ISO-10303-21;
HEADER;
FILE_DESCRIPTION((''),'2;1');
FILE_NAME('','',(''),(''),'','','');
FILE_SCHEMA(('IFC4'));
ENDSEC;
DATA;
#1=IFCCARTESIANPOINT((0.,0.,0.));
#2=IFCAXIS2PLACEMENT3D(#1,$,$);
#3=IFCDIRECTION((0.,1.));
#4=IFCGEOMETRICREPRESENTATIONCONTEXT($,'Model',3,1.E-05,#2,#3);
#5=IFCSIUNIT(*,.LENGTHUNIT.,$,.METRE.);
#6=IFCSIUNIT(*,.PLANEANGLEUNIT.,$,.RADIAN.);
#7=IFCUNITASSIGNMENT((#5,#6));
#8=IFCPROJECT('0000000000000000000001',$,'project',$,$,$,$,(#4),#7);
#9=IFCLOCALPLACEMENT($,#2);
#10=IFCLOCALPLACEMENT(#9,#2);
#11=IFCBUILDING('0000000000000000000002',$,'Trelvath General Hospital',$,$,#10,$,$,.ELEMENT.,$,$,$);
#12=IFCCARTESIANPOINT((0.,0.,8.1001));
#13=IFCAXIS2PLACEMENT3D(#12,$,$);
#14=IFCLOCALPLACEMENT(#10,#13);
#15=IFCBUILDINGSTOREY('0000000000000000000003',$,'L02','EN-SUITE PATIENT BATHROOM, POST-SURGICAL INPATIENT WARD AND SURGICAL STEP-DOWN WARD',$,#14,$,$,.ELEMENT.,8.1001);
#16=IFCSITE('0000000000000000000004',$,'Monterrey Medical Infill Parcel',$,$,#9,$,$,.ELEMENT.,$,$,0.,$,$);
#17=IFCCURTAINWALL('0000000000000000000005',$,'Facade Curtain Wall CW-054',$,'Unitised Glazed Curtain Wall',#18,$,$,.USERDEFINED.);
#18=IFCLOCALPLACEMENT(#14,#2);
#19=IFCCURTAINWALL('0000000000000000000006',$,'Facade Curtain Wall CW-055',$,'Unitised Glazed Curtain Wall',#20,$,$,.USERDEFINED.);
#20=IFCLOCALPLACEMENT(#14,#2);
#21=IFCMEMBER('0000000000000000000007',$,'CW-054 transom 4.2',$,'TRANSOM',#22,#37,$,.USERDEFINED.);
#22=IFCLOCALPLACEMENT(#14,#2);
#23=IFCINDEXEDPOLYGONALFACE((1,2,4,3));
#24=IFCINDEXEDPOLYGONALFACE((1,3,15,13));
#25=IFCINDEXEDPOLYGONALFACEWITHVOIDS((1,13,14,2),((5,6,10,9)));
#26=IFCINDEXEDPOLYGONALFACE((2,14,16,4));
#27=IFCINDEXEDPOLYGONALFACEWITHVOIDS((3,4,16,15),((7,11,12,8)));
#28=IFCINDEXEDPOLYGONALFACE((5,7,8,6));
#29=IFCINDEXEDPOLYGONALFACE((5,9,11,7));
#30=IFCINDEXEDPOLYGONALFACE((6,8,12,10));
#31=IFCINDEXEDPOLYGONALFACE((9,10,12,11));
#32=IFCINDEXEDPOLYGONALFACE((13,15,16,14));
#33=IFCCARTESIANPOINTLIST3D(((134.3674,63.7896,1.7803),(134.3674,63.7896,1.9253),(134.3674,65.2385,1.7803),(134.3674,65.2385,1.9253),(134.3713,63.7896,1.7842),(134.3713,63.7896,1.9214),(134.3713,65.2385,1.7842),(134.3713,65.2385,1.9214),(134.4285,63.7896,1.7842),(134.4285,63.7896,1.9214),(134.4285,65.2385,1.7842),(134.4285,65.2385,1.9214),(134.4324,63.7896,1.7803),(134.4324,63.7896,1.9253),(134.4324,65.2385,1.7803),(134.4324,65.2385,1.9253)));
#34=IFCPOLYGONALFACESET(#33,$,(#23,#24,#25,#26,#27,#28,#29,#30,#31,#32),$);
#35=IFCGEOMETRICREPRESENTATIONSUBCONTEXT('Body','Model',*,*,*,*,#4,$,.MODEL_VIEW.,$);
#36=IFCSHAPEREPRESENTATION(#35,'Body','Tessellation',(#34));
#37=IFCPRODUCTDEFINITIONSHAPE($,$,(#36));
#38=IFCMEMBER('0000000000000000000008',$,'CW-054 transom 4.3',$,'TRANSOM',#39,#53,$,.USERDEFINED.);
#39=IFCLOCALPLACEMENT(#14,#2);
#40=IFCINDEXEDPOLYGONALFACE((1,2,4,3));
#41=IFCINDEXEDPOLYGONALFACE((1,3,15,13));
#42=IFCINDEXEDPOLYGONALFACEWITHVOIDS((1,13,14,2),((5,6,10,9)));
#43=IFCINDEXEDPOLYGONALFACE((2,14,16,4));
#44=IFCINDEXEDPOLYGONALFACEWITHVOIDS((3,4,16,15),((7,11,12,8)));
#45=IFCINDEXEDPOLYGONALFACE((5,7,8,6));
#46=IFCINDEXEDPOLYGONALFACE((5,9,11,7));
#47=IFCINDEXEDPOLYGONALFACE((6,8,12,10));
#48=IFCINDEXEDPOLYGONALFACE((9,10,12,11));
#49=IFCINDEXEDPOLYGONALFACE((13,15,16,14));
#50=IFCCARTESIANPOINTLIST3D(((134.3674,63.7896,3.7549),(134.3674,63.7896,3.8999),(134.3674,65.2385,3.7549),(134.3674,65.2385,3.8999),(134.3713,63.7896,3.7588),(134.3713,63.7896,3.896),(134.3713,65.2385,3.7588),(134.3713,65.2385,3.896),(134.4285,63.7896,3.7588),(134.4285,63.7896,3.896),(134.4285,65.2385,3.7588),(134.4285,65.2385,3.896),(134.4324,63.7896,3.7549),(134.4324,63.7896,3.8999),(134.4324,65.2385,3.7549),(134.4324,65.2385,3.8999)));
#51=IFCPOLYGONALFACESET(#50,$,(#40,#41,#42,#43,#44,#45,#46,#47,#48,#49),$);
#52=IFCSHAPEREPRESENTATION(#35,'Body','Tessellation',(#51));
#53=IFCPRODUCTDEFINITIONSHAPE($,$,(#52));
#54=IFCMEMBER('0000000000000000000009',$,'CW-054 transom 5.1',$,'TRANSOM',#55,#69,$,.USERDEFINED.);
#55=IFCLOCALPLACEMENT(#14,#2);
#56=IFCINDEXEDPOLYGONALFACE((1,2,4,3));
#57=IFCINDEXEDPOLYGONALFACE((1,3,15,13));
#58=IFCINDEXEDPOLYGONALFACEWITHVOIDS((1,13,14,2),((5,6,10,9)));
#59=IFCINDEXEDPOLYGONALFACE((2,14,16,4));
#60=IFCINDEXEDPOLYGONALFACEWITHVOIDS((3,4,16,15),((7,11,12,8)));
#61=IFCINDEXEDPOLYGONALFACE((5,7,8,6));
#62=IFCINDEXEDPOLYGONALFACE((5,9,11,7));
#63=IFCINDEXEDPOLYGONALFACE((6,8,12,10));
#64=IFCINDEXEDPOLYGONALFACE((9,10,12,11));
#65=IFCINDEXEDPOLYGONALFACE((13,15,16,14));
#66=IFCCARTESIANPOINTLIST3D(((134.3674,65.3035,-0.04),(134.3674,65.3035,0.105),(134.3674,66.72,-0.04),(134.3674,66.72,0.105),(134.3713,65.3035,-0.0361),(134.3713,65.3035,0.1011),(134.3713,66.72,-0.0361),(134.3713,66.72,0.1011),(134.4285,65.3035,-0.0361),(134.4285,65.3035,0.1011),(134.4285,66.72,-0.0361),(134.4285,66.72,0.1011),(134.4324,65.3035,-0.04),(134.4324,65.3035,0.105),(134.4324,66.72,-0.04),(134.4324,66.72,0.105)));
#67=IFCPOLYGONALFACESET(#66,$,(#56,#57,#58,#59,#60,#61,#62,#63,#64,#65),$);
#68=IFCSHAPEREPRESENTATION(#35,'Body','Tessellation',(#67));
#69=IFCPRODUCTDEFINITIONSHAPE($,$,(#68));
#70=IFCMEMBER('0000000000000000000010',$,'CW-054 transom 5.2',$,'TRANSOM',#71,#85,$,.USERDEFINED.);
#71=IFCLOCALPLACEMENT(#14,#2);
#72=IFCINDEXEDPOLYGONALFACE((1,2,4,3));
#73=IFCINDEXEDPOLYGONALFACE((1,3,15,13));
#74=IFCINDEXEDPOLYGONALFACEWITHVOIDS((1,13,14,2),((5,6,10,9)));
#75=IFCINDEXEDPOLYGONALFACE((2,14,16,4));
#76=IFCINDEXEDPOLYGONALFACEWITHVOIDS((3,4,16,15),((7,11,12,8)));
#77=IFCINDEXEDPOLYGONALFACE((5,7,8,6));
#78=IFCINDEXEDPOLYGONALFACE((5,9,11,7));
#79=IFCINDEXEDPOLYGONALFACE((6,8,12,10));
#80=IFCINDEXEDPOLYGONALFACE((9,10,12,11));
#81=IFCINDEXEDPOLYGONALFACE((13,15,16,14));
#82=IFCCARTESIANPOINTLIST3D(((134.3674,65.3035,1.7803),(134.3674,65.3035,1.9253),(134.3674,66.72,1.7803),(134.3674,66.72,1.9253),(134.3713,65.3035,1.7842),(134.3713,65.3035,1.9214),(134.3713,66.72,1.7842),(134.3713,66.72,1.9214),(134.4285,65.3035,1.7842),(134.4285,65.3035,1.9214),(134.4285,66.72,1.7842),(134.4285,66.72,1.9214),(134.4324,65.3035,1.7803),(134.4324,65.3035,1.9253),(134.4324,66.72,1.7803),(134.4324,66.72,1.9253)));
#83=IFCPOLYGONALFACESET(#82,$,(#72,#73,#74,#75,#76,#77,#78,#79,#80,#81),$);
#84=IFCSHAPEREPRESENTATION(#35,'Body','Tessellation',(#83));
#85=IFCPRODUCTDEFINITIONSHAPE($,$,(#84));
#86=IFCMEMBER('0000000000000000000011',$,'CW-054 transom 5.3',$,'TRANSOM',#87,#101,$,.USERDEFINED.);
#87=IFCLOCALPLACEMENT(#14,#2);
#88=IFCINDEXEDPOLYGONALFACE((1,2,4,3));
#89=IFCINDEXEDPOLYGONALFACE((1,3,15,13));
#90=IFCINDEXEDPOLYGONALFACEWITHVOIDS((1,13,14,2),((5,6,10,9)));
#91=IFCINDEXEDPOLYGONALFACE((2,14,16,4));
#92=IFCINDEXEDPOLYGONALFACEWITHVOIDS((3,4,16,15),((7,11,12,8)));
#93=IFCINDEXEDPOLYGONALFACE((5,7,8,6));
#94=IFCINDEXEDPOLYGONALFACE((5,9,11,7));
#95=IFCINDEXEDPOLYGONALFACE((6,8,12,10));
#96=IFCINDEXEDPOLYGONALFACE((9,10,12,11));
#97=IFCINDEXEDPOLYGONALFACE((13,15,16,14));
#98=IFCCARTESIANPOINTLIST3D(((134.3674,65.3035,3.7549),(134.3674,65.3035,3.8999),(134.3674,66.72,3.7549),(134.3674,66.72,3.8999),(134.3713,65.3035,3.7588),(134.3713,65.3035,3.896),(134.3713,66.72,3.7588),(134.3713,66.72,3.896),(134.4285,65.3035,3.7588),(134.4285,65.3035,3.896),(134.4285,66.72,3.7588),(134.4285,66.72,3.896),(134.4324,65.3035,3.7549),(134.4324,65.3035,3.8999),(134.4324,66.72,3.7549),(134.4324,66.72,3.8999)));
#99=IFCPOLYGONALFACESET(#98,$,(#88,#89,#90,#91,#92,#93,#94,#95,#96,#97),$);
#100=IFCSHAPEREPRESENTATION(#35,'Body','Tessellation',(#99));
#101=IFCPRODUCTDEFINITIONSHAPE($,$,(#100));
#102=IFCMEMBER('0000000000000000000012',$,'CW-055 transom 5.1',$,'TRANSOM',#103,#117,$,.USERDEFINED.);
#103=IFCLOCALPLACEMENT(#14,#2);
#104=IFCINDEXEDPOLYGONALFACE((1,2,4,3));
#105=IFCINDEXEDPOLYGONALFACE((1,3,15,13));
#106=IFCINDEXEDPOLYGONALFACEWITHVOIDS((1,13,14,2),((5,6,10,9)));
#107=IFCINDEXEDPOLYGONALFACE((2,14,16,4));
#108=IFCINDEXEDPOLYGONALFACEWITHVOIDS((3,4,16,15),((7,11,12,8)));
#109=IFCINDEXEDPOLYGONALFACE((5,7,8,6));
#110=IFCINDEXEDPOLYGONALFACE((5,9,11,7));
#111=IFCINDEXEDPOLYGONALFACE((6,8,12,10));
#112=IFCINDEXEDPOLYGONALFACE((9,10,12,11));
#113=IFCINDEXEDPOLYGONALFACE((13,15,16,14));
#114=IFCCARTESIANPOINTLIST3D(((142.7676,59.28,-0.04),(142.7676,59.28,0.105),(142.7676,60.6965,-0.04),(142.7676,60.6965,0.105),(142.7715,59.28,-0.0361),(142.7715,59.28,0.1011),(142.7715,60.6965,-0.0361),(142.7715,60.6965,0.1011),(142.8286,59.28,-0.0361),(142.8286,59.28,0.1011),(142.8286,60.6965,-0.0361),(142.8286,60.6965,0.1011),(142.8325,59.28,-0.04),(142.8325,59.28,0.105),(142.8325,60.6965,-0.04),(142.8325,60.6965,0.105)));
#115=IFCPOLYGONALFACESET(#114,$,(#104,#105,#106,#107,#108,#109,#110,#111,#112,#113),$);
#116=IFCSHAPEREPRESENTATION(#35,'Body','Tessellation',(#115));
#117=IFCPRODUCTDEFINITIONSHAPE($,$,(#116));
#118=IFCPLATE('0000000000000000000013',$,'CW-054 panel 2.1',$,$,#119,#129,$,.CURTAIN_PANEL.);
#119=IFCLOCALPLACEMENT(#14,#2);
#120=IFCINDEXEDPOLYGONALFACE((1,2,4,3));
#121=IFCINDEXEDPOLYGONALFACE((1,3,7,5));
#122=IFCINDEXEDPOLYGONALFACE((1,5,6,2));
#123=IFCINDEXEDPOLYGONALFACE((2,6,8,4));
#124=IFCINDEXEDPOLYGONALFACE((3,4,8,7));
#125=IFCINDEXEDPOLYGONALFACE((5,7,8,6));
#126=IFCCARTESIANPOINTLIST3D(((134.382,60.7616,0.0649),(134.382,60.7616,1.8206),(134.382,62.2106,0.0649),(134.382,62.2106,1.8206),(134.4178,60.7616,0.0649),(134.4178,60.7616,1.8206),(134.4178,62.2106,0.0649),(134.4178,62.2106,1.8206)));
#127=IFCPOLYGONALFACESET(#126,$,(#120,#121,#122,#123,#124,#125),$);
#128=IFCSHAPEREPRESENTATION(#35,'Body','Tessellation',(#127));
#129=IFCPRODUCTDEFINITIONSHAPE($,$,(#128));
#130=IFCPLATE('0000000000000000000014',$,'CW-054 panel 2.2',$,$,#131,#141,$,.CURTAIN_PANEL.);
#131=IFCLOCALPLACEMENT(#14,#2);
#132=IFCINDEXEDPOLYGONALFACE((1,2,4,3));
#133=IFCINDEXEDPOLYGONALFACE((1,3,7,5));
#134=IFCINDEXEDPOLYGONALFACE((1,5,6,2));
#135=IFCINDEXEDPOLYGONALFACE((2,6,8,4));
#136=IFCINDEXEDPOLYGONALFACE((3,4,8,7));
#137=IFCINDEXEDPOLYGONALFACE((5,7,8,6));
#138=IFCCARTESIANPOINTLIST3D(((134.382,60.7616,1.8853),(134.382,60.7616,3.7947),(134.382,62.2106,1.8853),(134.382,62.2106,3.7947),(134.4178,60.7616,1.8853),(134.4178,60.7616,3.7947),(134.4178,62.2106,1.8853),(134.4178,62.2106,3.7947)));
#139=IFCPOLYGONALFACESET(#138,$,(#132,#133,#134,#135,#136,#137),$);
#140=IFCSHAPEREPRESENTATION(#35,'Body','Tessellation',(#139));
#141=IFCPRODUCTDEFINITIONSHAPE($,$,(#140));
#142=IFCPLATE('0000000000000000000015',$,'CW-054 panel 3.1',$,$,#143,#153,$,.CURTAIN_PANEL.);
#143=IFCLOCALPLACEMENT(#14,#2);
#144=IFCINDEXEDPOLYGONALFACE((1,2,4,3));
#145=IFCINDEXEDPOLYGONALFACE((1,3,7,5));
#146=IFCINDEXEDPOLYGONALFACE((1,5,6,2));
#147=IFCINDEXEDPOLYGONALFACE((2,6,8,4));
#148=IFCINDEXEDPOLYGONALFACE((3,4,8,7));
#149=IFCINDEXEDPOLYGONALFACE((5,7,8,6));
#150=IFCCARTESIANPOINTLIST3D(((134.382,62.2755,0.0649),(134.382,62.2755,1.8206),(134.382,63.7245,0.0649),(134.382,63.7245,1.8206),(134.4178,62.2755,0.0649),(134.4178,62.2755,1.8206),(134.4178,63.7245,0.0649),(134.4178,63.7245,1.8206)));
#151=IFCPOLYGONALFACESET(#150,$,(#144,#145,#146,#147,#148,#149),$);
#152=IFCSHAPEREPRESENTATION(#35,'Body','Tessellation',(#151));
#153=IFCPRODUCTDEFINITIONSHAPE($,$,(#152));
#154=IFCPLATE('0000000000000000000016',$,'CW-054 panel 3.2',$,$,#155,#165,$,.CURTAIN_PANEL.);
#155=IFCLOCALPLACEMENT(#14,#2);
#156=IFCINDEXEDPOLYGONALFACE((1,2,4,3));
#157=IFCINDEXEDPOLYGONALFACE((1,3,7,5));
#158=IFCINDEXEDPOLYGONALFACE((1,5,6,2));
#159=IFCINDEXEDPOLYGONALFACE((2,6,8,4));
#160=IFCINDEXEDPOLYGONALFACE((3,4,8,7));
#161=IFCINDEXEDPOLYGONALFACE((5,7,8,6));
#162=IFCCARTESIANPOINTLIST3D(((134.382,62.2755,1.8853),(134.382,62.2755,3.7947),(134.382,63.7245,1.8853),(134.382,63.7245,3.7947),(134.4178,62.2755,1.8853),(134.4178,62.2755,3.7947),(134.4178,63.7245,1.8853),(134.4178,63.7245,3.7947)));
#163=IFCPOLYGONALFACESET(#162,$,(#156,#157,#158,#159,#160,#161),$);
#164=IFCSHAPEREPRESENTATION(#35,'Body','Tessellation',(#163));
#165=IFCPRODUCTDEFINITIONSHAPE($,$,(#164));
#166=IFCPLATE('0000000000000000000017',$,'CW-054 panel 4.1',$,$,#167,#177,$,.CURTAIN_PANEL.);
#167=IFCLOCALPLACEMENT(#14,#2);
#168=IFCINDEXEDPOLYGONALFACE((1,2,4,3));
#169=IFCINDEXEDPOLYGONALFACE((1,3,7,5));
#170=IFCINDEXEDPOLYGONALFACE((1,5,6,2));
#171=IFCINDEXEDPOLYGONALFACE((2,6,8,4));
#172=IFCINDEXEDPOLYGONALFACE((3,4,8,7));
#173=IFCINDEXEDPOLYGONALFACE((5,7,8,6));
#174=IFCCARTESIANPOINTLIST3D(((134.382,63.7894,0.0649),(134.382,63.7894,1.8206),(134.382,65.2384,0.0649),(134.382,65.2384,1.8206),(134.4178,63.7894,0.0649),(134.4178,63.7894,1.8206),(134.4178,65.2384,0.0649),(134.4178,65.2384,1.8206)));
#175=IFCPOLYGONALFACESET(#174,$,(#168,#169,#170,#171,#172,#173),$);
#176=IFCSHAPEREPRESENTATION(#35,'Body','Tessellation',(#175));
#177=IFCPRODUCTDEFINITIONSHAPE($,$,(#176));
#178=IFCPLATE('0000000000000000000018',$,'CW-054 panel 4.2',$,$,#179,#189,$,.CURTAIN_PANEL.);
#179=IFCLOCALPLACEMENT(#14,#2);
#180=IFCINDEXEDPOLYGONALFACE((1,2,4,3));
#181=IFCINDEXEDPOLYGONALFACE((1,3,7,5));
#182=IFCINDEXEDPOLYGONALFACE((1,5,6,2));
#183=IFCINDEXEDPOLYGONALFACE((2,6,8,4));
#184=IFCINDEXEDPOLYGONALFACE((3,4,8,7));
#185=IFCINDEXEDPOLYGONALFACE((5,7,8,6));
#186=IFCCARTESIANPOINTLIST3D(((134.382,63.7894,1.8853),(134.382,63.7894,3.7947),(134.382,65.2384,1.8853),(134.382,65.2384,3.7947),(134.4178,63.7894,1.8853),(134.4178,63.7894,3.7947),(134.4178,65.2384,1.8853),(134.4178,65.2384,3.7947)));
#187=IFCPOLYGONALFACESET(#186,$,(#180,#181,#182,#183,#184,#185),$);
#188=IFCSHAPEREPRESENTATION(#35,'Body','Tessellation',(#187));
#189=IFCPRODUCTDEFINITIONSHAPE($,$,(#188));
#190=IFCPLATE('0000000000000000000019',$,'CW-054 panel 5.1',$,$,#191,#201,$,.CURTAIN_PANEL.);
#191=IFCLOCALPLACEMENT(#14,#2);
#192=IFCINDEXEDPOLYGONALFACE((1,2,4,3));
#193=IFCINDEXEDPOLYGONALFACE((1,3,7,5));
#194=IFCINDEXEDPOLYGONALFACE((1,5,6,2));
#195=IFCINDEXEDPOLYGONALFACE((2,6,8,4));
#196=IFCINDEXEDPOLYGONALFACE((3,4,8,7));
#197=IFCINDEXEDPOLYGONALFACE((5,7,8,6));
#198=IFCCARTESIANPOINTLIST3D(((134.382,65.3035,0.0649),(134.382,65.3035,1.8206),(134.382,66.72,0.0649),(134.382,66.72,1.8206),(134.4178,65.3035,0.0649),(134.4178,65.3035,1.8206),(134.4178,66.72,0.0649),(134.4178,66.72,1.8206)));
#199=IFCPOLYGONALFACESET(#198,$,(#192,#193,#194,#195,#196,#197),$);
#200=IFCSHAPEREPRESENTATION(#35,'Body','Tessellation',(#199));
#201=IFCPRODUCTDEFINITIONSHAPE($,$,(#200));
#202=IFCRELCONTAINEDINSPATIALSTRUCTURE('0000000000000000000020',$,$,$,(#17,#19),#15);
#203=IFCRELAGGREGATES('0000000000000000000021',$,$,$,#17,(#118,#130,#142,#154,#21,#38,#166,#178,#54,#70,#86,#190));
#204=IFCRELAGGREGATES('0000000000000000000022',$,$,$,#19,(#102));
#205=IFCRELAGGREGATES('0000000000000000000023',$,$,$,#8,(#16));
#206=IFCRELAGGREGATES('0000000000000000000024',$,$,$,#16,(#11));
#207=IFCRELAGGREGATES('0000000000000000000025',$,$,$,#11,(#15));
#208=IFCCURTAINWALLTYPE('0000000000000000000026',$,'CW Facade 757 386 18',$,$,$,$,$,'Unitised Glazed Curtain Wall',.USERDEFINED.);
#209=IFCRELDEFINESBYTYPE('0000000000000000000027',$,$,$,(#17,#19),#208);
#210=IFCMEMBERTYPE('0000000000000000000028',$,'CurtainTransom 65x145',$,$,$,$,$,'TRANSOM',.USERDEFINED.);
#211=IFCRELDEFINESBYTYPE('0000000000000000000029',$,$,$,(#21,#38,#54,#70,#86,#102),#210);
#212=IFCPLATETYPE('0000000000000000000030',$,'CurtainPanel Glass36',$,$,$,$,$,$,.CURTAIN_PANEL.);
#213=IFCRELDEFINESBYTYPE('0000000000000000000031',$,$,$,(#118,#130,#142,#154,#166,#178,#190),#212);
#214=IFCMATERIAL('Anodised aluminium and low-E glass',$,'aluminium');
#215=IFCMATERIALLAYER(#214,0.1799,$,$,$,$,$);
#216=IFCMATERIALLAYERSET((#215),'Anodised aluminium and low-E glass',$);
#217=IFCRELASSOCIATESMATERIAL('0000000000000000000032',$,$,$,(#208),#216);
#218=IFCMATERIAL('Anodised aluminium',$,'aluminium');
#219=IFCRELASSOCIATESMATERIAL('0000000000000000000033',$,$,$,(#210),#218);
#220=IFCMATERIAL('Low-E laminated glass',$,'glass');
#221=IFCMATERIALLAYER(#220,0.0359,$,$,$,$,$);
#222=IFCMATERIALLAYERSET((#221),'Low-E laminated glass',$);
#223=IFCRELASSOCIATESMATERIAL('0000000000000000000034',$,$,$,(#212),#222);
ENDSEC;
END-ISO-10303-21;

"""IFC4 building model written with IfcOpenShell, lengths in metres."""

from ifc_helpers import new_model, si_unit, direction, frame, origin, origin_2d, place, context, subcontext, project, spatial, rectangle, hollow_rectangle, extrude, material, layer, layer_set, material_profile, profile_set, type_object, element, aggregate, save


model = new_model("IFC4")

# Units and contexts
model_context = context("Model", 3, precision=1e-05, world=origin(), true_north=direction((0.0, 1.0)))
body_context = subcontext(model_context, "Body", "Model", "MODEL_VIEW")
ifc_project = project(units=[si_unit("LENGTHUNIT", "METRE"), si_unit("PLANEANGLEUNIT", "RADIAN")], contexts=[model_context])

# Site, building, storey
site_placement = place(None, origin())
site = spatial("IfcSite", under=ifc_project, at=site_placement, Name="Monterrey Medical Infill Parcel", CompositionType="ELEMENT", RefElevation=0.0)
building_placement = place(site_placement, origin())
building = spatial("IfcBuilding", under=site, at=building_placement, Name="Trelvath General Hospital", CompositionType="ELEMENT")
storey_placement = place(building_placement, frame((0.0, 0.0, 8.1001)))
storey = spatial("IfcBuildingStorey", under=building, at=storey_placement, Name="L02", Description="EN-SUITE PATIENT BATHROOM, POST-SURGICAL INPATIENT WARD AND SURGICAL STEP-DOWN WARD", CompositionType="ELEMENT", Elevation=8.1001)

# Curtain wall
ifc_material_1 = material(Name="Anodised aluminium and low-E glass", Category="aluminium")
ifc_layer_1 = layer(ifc_material_1, 0.1799)
ifc_layer_set_1 = layer_set([ifc_layer_1], Name="Anodised aluminium and low-E glass")
curtain_wall_type = type_object("IfcCurtainWallType", Name="CW Facade 757 386 18", ElementType="Unitised Glazed Curtain Wall", PredefinedType="USERDEFINED", material=ifc_layer_set_1)
curtain_wall_1_placement = place(storey_placement, origin())
curtain_wall_1 = element("IfcCurtainWall", 1, at=curtain_wall_1_placement, inside=storey, type_object=curtain_wall_type, Name="Facade Curtain Wall CW-054", ObjectType="Unitised Glazed Curtain Wall", PredefinedType="USERDEFINED")

# Curtain wall
curtain_wall_2_placement = place(storey_placement, origin())
curtain_wall_2 = element("IfcCurtainWall", 2, at=curtain_wall_2_placement, inside=storey, type_object=curtain_wall_type, Name="Facade Curtain Wall CW-055", ObjectType="Unitised Glazed Curtain Wall", PredefinedType="USERDEFINED")

# Members
ifc_material_2 = material(Name="Anodised aluminium", Category="aluminium")
ifc_material_profile_1 = material_profile(ifc_material_2, hollow_rectangle(XDim=0.0649, YDim=0.145, WallThickness=0.0039, at=origin_2d()), Name="RHS65x145x4")
ifc_profile_set_1 = profile_set([ifc_material_profile_1], Name="Anodised aluminium")
member_type_1 = type_object("IfcMemberType", Name="CurtainTransom 65x145", ElementType="TRANSOM", PredefinedType="USERDEFINED", material=ifc_profile_set_1)
member_1_placement = place(storey_placement, frame((134.3999, 63.7896, 1.8528), z_axis=(0.0, 1.0, 0.0), x_axis=(-1.0, 0.0, 0.0)))
member_1 = element("IfcMember", 3, at=member_1_placement, type_object=member_type_1, Name="CW-054 transom 4.2", ObjectType="TRANSOM", PredefinedType="USERDEFINED", context=body_context, shape_type="SweptSolid", body=[
    extrude(hollow_rectangle(XDim=0.0649, YDim=0.145, WallThickness=0.0039, at=origin_2d()), origin(), (0.0, 0.0, 1.0), 1.449),
])
member_2_placement = place(storey_placement, frame((134.3999, 63.7896, 3.8274), z_axis=(0.0, 1.0, 0.0), x_axis=(-1.0, 0.0, 0.0)))
member_2 = element("IfcMember", 4, at=member_2_placement, type_object=member_type_1, Name="CW-054 transom 4.3", ObjectType="TRANSOM", PredefinedType="USERDEFINED", context=body_context, shape_type="SweptSolid", body=[
    extrude(hollow_rectangle(XDim=0.0649, YDim=0.145, WallThickness=0.0039, at=origin_2d()), origin(), (0.0, 0.0, 1.0), 1.449),
])
member_3_placement = place(storey_placement, frame((134.3999, 65.3035, 0.0325), z_axis=(0.0, 1.0, 0.0), x_axis=(-1.0, 0.0, 0.0)))
member_3 = element("IfcMember", 5, at=member_3_placement, type_object=member_type_1, Name="CW-054 transom 5.1", ObjectType="TRANSOM", PredefinedType="USERDEFINED", context=body_context, shape_type="SweptSolid", body=[
    extrude(hollow_rectangle(XDim=0.0649, YDim=0.145, WallThickness=0.0039, at=origin_2d()), origin(), (0.0, 0.0, 1.0), 1.4165),
])
member_4_placement = place(storey_placement, frame((134.3999, 65.3035, 1.8528), z_axis=(0.0, 1.0, 0.0), x_axis=(-1.0, 0.0, 0.0)))
member_4 = element("IfcMember", 6, at=member_4_placement, type_object=member_type_1, Name="CW-054 transom 5.2", ObjectType="TRANSOM", PredefinedType="USERDEFINED", context=body_context, shape_type="SweptSolid", body=[
    extrude(hollow_rectangle(XDim=0.0649, YDim=0.145, WallThickness=0.0039, at=origin_2d()), origin(), (0.0, 0.0, 1.0), 1.4165),
])
member_5_placement = place(storey_placement, frame((134.3999, 65.3035, 3.8274), z_axis=(0.0, 1.0, 0.0), x_axis=(-1.0, 0.0, 0.0)))
member_5 = element("IfcMember", 7, at=member_5_placement, type_object=member_type_1, Name="CW-054 transom 5.3", ObjectType="TRANSOM", PredefinedType="USERDEFINED", context=body_context, shape_type="SweptSolid", body=[
    extrude(hollow_rectangle(XDim=0.0649, YDim=0.145, WallThickness=0.0039, at=origin_2d()), origin(), (0.0, 0.0, 1.0), 1.4165),
])
member_6_placement = place(storey_placement, frame((142.8, 60.6965, 0.0325), z_axis=(0.0, -1.0, 0.0), x_axis=(1.0, 0.0, 0.0)))
member_6 = element("IfcMember", 8, at=member_6_placement, type_object=member_type_1, Name="CW-055 transom 5.1", ObjectType="TRANSOM", PredefinedType="USERDEFINED", context=body_context, shape_type="SweptSolid", body=[
    extrude(hollow_rectangle(XDim=0.0649, YDim=0.145, WallThickness=0.0039, at=origin_2d()), origin(), (0.0, 0.0, 1.0), 1.4165),
])

# Plates
ifc_material_3 = material(Name="Low-E laminated glass", Category="glass")
ifc_layer_2 = layer(ifc_material_3, 0.0359)
ifc_layer_set_2 = layer_set([ifc_layer_2], Name="Low-E laminated glass")
plate_type = type_object("IfcPlateType", Name="CurtainPanel Glass36", PredefinedType="CURTAIN_PANEL", material=ifc_layer_set_2)
plate_1_placement = place(storey_placement, frame((134.3999, 61.4861, 0.0649), z_axis=(0.0, 0.0, 1.0), x_axis=(0.0, 1.0, 0.0)))
plate_1 = element("IfcPlate", 9, at=plate_1_placement, type_object=plate_type, Name="CW-054 panel 2.1", PredefinedType="CURTAIN_PANEL", context=body_context, shape_type="SweptSolid", body=[
    extrude(rectangle(XDim=1.449, YDim=0.0359, at=origin_2d()), origin(), (0.0, 0.0, 1.0), 1.7556),
])
plate_2_placement = place(storey_placement, frame((134.3999, 61.4861, 1.8853), z_axis=(0.0, 0.0, 1.0), x_axis=(0.0, 1.0, 0.0)))
plate_2 = element("IfcPlate", 10, at=plate_2_placement, type_object=plate_type, Name="CW-054 panel 2.2", PredefinedType="CURTAIN_PANEL", context=body_context, shape_type="SweptSolid", body=[
    extrude(rectangle(XDim=1.449, YDim=0.0359, at=origin_2d()), origin(), (0.0, 0.0, 1.0), 1.9094),
])
plate_3_placement = place(storey_placement, frame((134.3999, 63.0, 0.0649), z_axis=(0.0, 0.0, 1.0), x_axis=(0.0, 1.0, 0.0)))
plate_3 = element("IfcPlate", 11, at=plate_3_placement, type_object=plate_type, Name="CW-054 panel 3.1", PredefinedType="CURTAIN_PANEL", context=body_context, shape_type="SweptSolid", body=[
    extrude(rectangle(XDim=1.449, YDim=0.0359, at=origin_2d()), origin(), (0.0, 0.0, 1.0), 1.7556),
])
plate_4_placement = place(storey_placement, frame((134.3999, 63.0, 1.8853), z_axis=(0.0, 0.0, 1.0), x_axis=(0.0, 1.0, 0.0)))
plate_4 = element("IfcPlate", 12, at=plate_4_placement, type_object=plate_type, Name="CW-054 panel 3.2", PredefinedType="CURTAIN_PANEL", context=body_context, shape_type="SweptSolid", body=[
    extrude(rectangle(XDim=1.449, YDim=0.0359, at=origin_2d()), origin(), (0.0, 0.0, 1.0), 1.9094),
])
plate_5_placement = place(storey_placement, frame((134.3999, 64.5139, 0.0649), z_axis=(0.0, 0.0, 1.0), x_axis=(0.0, 1.0, 0.0)))
plate_5 = element("IfcPlate", 13, at=plate_5_placement, type_object=plate_type, Name="CW-054 panel 4.1", PredefinedType="CURTAIN_PANEL", context=body_context, shape_type="SweptSolid", body=[
    extrude(rectangle(XDim=1.449, YDim=0.0359, at=origin_2d()), origin(), (0.0, 0.0, 1.0), 1.7556),
])
plate_6_placement = place(storey_placement, frame((134.3999, 64.5139, 1.8853), z_axis=(0.0, 0.0, 1.0), x_axis=(0.0, 1.0, 0.0)))
plate_6 = element("IfcPlate", 14, at=plate_6_placement, type_object=plate_type, Name="CW-054 panel 4.2", PredefinedType="CURTAIN_PANEL", context=body_context, shape_type="SweptSolid", body=[
    extrude(rectangle(XDim=1.449, YDim=0.0359, at=origin_2d()), origin(), (0.0, 0.0, 1.0), 1.9094),
])
plate_7_placement = place(storey_placement, frame((134.3999, 66.0117, 0.0649), z_axis=(0.0, 0.0, 1.0), x_axis=(0.0, 1.0, 0.0)))
plate_7 = element("IfcPlate", 15, at=plate_7_placement, type_object=plate_type, Name="CW-054 panel 5.1", PredefinedType="CURTAIN_PANEL", context=body_context, shape_type="SweptSolid", body=[
    extrude(rectangle(XDim=1.4165, YDim=0.0359, at=origin_2d()), origin(), (0.0, 0.0, 1.0), 1.7556),
])
aggregate(curtain_wall_1, [plate_1, plate_2, plate_3, plate_4, member_1, member_2, plate_5, plate_6, member_3, member_4, member_5, plate_7])
aggregate(curtain_wall_2, [member_6])

save(model, "model.ifc")
